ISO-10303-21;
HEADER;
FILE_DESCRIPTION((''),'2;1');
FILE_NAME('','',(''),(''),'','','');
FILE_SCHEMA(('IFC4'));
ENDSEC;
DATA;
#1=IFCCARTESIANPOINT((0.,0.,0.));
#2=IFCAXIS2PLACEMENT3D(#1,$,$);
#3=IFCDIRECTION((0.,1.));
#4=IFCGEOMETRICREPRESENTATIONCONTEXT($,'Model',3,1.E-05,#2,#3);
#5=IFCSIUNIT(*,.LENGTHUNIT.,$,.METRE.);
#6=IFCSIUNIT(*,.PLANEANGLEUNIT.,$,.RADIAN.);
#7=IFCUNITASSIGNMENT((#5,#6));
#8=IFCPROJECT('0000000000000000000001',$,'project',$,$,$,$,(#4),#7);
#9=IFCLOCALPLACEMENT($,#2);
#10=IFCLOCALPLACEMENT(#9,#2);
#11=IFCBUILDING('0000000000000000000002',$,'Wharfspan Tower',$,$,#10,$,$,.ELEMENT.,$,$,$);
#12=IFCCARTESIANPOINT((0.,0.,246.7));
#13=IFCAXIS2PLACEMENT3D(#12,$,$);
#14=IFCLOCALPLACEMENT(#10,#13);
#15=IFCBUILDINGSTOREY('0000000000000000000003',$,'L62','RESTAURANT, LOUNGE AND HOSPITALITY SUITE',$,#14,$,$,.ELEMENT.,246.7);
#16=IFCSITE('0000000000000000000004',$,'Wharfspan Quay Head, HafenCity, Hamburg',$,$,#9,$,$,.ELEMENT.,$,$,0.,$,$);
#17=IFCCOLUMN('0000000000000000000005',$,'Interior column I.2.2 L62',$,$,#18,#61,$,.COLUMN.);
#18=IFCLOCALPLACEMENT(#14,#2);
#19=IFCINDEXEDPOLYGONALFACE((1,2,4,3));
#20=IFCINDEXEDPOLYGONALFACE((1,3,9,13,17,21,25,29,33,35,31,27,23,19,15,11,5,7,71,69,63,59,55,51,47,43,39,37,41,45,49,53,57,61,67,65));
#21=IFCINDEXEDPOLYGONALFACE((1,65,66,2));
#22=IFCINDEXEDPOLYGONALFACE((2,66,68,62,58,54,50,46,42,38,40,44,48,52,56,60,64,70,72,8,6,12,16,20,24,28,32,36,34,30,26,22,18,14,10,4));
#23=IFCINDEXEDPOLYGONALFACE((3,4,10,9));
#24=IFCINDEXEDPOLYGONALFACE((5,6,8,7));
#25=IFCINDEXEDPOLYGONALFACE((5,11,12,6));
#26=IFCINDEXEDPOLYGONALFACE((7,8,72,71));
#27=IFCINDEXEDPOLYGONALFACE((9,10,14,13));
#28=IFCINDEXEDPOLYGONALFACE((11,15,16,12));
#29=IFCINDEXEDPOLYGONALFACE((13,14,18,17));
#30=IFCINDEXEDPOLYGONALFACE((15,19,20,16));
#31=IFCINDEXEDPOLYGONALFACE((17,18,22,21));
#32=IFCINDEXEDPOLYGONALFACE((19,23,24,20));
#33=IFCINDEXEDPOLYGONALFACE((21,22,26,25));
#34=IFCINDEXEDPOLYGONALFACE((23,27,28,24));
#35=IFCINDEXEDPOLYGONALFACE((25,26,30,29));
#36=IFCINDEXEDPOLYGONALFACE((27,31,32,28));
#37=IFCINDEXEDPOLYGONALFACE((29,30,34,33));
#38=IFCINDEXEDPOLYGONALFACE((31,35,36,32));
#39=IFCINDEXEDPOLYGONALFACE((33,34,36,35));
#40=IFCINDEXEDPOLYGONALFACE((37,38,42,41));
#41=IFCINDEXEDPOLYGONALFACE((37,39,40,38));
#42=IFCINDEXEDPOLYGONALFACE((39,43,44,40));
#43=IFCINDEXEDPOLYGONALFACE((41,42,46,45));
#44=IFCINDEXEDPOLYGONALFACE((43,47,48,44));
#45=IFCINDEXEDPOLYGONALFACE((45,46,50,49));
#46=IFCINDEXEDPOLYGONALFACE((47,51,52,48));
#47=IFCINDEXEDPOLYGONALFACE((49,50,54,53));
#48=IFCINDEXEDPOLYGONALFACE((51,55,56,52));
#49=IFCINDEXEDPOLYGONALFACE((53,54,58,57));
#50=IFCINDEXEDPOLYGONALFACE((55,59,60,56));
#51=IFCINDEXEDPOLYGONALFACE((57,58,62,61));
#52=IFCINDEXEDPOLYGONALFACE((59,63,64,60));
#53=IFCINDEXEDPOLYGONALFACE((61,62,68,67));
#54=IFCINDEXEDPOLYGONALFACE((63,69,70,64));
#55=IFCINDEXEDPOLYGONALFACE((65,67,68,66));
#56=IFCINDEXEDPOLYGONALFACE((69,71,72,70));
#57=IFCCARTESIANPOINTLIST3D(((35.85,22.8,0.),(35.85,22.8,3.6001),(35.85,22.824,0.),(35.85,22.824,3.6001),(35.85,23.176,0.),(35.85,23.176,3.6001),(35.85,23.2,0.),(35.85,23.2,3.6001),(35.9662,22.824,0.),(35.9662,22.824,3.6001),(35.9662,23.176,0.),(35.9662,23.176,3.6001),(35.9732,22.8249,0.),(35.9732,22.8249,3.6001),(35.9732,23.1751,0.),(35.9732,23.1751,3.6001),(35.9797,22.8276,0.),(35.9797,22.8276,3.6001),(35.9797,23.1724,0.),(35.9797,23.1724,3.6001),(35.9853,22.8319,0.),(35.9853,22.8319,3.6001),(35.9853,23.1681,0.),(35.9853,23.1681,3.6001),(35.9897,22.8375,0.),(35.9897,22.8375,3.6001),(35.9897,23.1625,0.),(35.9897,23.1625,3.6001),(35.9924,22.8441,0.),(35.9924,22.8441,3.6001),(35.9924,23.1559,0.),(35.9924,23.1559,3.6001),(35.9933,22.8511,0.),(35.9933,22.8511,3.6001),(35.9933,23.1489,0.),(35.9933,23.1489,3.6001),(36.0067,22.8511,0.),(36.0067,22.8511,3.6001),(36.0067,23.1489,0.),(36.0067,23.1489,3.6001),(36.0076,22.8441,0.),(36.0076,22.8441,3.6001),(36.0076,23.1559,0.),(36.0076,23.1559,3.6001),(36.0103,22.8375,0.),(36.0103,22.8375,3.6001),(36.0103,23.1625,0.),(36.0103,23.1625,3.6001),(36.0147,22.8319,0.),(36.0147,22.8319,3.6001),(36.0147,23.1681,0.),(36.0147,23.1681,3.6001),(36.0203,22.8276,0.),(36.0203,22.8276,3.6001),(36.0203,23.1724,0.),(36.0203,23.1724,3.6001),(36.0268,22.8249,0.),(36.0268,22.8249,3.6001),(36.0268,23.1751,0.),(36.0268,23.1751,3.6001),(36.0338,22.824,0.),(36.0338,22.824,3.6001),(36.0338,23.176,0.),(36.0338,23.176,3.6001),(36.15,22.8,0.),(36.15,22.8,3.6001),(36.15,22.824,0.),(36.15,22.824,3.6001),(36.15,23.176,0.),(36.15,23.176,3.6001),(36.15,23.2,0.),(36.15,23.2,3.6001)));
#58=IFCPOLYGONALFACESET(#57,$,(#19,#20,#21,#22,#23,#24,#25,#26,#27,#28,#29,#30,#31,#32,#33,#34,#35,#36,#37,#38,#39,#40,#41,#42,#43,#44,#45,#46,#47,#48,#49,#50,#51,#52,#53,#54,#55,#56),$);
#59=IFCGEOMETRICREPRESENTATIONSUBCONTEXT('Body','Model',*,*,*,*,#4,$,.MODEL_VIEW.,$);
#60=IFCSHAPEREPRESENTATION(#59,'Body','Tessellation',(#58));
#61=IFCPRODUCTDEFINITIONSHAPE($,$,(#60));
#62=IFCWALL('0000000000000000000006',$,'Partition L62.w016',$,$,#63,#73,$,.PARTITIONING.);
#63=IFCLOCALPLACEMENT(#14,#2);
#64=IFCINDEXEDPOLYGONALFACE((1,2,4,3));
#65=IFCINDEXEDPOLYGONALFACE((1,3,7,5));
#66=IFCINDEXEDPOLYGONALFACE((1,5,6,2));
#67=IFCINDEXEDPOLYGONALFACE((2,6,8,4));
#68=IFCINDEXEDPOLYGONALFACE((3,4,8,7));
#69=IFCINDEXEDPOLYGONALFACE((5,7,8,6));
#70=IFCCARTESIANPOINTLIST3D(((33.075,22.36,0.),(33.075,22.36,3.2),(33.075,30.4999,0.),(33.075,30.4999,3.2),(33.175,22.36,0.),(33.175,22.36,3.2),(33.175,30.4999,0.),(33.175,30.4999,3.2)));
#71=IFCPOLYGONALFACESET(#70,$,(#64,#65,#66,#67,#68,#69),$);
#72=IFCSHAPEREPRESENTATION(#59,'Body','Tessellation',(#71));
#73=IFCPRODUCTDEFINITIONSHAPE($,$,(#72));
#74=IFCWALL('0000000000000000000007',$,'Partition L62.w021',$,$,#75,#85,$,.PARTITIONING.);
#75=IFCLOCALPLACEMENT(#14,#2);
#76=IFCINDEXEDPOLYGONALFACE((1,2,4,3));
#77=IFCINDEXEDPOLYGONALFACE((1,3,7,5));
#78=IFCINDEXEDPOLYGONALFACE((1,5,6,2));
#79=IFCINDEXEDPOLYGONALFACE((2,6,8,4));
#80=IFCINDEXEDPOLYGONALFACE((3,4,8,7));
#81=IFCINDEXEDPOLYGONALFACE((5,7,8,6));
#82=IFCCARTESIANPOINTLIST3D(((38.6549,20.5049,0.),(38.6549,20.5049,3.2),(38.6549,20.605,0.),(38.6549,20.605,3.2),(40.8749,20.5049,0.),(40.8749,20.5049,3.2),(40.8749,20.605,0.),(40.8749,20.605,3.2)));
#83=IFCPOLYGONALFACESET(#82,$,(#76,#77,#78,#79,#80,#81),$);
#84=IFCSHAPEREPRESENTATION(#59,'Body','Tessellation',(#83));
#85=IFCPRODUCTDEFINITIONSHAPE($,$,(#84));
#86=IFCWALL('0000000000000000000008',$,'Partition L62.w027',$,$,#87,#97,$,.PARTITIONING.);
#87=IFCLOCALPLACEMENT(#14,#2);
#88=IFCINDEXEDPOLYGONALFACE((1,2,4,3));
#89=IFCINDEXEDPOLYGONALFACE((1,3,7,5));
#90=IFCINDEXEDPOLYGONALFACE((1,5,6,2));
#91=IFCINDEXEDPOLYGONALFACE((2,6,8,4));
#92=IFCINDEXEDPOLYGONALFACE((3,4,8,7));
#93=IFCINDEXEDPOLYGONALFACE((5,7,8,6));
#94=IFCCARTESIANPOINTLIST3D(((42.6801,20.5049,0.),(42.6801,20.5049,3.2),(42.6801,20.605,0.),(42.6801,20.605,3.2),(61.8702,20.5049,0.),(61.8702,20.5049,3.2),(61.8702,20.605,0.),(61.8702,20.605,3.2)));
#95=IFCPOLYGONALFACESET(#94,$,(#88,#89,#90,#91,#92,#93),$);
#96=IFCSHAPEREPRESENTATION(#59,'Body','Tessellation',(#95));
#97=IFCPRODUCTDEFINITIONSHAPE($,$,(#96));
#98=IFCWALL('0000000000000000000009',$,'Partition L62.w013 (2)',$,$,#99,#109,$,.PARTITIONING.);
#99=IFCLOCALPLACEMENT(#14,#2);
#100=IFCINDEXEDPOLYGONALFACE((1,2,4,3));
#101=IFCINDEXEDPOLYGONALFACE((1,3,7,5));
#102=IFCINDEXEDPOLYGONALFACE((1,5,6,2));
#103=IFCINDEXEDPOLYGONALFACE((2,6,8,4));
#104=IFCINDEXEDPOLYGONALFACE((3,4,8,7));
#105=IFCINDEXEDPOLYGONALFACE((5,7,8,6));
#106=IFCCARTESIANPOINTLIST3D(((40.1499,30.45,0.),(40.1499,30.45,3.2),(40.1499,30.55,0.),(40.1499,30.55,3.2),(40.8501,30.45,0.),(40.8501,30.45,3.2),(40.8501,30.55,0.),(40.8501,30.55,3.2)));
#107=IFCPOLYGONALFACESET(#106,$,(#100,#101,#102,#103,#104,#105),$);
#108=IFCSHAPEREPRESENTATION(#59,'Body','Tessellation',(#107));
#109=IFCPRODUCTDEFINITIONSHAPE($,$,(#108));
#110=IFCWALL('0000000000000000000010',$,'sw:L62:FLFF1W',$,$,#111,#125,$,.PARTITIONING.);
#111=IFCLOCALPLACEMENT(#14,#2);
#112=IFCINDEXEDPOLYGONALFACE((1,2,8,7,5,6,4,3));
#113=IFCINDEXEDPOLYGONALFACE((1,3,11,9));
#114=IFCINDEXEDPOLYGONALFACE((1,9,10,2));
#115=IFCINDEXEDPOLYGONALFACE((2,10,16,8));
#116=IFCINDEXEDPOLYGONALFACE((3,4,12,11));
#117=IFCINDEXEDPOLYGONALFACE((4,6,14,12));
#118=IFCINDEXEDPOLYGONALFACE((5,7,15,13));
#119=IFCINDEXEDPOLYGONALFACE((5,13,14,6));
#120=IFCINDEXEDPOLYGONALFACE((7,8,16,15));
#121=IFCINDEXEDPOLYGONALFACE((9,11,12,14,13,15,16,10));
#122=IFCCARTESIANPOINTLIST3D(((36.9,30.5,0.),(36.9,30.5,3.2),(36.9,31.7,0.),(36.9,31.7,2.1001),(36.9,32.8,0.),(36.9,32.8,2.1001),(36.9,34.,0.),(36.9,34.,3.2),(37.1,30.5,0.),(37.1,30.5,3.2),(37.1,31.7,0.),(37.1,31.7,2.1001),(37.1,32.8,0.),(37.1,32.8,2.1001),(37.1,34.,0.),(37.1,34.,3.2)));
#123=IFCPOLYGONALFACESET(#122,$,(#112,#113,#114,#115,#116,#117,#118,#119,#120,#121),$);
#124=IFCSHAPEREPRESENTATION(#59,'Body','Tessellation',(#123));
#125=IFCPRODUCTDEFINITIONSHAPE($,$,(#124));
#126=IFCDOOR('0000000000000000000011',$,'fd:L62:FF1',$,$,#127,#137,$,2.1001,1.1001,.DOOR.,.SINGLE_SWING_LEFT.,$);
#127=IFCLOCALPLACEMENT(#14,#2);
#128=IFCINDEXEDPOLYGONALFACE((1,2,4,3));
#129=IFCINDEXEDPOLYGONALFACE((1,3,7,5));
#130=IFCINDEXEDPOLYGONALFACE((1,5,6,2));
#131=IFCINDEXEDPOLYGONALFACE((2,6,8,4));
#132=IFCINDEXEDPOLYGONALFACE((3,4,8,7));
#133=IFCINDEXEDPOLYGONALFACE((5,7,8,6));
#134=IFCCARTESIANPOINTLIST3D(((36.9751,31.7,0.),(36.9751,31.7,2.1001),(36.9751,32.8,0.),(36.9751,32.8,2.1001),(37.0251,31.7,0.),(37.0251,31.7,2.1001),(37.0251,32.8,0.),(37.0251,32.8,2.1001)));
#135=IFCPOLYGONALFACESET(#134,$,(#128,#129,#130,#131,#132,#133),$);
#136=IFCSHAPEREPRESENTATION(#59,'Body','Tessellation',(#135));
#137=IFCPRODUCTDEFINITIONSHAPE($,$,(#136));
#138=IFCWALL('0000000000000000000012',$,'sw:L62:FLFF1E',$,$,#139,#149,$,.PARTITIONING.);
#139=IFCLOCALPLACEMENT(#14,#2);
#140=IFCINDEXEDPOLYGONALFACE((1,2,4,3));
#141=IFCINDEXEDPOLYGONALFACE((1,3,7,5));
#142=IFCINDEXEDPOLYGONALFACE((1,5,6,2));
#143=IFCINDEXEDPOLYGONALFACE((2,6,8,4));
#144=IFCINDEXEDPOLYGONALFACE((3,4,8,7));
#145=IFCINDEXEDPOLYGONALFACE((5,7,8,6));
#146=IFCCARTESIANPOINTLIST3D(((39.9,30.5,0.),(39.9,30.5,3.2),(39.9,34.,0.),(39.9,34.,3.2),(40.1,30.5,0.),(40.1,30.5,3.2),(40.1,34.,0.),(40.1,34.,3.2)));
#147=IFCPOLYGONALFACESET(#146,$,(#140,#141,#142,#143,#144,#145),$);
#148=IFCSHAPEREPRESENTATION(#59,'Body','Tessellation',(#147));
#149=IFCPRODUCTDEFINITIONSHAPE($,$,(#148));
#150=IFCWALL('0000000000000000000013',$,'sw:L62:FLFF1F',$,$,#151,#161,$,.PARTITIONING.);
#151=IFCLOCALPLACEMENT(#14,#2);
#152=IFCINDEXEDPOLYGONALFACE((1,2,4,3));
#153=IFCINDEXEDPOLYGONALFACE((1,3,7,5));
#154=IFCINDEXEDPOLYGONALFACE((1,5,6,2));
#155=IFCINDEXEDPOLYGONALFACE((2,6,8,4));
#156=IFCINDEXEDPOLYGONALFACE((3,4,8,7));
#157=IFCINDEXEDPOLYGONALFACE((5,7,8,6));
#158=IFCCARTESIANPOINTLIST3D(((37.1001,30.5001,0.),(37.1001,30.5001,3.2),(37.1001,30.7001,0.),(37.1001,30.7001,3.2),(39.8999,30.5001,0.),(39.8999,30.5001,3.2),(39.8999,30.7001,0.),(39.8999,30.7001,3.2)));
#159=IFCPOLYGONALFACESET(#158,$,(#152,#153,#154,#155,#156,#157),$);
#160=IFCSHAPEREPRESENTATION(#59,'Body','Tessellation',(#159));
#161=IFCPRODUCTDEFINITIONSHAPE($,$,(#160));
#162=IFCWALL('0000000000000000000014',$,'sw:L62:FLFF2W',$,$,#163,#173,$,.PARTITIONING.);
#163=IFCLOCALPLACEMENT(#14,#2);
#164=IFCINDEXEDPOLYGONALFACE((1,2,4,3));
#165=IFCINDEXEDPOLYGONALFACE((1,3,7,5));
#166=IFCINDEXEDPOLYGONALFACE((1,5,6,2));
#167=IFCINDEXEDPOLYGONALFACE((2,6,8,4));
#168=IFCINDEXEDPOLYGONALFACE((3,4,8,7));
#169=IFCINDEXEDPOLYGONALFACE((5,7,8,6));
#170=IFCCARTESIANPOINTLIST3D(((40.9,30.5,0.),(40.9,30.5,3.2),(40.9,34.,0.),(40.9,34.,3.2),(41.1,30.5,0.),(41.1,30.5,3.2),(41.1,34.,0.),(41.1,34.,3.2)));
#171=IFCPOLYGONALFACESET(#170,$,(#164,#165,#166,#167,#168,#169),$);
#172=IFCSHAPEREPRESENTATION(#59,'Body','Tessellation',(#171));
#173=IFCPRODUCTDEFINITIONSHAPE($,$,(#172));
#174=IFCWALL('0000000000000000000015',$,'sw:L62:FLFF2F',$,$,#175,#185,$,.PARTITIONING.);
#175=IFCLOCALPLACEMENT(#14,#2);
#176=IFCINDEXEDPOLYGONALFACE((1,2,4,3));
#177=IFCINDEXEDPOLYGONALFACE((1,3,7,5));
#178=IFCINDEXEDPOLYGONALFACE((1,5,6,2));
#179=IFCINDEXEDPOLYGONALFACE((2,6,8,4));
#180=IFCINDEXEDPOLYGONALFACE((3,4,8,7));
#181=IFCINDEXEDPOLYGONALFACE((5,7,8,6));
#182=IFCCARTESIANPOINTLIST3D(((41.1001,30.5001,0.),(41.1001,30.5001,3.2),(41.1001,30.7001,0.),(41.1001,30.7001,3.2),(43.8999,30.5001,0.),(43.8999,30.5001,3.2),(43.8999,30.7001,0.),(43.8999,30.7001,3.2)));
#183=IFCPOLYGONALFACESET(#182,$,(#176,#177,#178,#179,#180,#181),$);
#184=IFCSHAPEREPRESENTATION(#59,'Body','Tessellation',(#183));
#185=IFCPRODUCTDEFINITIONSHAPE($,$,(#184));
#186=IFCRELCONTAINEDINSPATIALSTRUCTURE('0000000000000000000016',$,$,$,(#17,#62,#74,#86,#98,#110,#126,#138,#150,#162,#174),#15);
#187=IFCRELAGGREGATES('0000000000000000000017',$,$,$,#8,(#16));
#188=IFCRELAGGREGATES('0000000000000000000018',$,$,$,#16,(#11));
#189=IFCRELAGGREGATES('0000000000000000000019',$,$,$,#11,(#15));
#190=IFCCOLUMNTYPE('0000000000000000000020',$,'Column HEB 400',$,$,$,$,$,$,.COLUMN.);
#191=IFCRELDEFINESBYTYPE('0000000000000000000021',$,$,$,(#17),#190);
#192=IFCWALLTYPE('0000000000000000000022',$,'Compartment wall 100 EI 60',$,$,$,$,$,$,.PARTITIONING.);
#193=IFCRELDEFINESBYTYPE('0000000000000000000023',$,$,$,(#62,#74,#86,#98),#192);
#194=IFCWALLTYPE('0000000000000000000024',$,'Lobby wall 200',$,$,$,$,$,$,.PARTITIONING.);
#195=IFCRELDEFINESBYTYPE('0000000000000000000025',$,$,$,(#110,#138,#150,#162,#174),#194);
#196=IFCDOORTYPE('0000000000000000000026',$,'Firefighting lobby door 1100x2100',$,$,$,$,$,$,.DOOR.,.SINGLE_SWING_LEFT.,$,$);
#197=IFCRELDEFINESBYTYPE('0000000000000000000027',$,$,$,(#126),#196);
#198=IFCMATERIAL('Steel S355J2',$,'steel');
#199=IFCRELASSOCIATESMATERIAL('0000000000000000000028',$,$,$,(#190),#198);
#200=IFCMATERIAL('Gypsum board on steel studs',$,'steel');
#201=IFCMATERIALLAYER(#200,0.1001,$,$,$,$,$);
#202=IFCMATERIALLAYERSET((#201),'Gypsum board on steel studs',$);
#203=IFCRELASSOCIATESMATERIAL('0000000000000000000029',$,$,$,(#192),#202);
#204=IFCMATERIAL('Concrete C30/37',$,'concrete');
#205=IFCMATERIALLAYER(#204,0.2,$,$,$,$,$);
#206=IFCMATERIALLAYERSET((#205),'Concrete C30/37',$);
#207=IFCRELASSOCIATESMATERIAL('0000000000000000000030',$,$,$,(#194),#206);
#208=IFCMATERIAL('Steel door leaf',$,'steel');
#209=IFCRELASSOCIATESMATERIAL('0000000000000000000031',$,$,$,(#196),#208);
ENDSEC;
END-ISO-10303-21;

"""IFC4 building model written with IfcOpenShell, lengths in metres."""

from ifc_helpers import new_model, si_unit, direction, frame, frame_2d, origin, origin_2d, place, context, subcontext, project, spatial, rectangle, i_section, extrude, material, layer, layer_set, material_profile, profile_set, type_object, element, fill, save


model = new_model("IFC4")

# Units and contexts
model_context = context("Model", 3, precision=1e-05, world=origin(), true_north=direction((0.0, 1.0)))
body_context = subcontext(model_context, "Body", "Model", "MODEL_VIEW")
ifc_project = project(units=[si_unit("LENGTHUNIT", "METRE"), si_unit("PLANEANGLEUNIT", "RADIAN")], contexts=[model_context])

# Site, building, storey
site_placement = place(None, origin())
site = spatial("IfcSite", under=ifc_project, at=site_placement, Name="Wharfspan Quay Head, HafenCity, Hamburg", CompositionType="ELEMENT", RefElevation=0.0)
building_placement = place(site_placement, origin())
building = spatial("IfcBuilding", under=site, at=building_placement, Name="Wharfspan Tower", CompositionType="ELEMENT")
storey_placement = place(building_placement, frame((0.0, 0.0, 246.7)))
storey = spatial("IfcBuildingStorey", under=building, at=storey_placement, Name="L62", Description="RESTAURANT, LOUNGE AND HOSPITALITY SUITE", CompositionType="ELEMENT", Elevation=246.7)

# Column
ifc_material_1 = material(Name="Steel S355J2", Category="steel")
ifc_material_profile = material_profile(ifc_material_1, i_section(OverallWidth=0.3, OverallDepth=0.3999, WebThickness=0.0134, FlangeThickness=0.0239, FilletRadius=0.0271, at=origin_2d()))
ifc_profile_set = profile_set([ifc_material_profile], Name="Steel S355J2")
column_type = type_object("IfcColumnType", Name="Column HEB 400", PredefinedType="COLUMN", material=ifc_profile_set)
column_placement = place(storey_placement, frame((36.0, 23.0, 0.0), z_axis=(0.0, 0.0, 1.0), x_axis=(1.0, 0.0, 0.0)))
element("IfcColumn", 1, at=column_placement, inside=storey, type_object=column_type, Name="Interior column I.2.2 L62", PredefinedType="COLUMN", context=body_context, shape_type="SweptSolid", body=[
    extrude(i_section(OverallWidth=0.3, OverallDepth=0.3999, WebThickness=0.0134, FlangeThickness=0.0239, FilletRadius=0.0271, at=origin_2d()), origin(), (0.0, 0.0, 1.0), 3.6001),
])

# Walls
ifc_material_2 = material(Name="Gypsum board on steel studs", Category="steel")
ifc_layer_1 = layer(ifc_material_2, 0.1001)
ifc_layer_set_1 = layer_set([ifc_layer_1], Name="Gypsum board on steel studs")
wall_type_1 = type_object("IfcWallType", Name="Compartment wall 100 EI 60", PredefinedType="PARTITIONING", material=ifc_layer_set_1)
wall_1_placement = place(storey_placement, frame((33.125, 22.3601, 0.0), z_axis=(0.0, 0.0, 1.0), x_axis=(0.0, 1.0, 0.0)))
element("IfcWall", 2, at=wall_1_placement, inside=storey, type_object=wall_type_1, Name="Partition L62.w016", PredefinedType="PARTITIONING", context=body_context, shape_type="SweptSolid", body=[
    extrude(rectangle(XDim=8.1399, YDim=0.1001, at=frame_2d((4.0698, 0.0))), origin(), (0.0, 0.0, 1.0), 3.2),
])
wall_2_placement = place(storey_placement, frame((38.655, 20.5549, 0.0), z_axis=(0.0, 0.0, 1.0), x_axis=(1.0, 0.0, 0.0)))
element("IfcWall", 3, at=wall_2_placement, inside=storey, type_object=wall_type_1, Name="Partition L62.w021", PredefinedType="PARTITIONING", context=body_context, shape_type="SweptSolid", body=[
    extrude(rectangle(XDim=2.22, YDim=0.1001, at=frame_2d((1.1099, 0.0))), origin(), (0.0, 0.0, 1.0), 3.2),
])
wall_3_placement = place(storey_placement, frame((42.6799, 20.5549, 0.0), z_axis=(0.0, 0.0, 1.0), x_axis=(1.0, 0.0, 0.0)))
element("IfcWall", 4, at=wall_3_placement, inside=storey, type_object=wall_type_1, Name="Partition L62.w027", PredefinedType="PARTITIONING", context=body_context, shape_type="SweptSolid", body=[
    extrude(rectangle(XDim=19.1902, YDim=0.1001, at=frame_2d((9.5952, 0.0))), origin(), (0.0, 0.0, 1.0), 3.2),
])
wall_4_placement = place(storey_placement, frame((40.1499, 30.5, 0.0), z_axis=(0.0, 0.0, 1.0), x_axis=(1.0, 0.0, 0.0)))
element("IfcWall", 5, at=wall_4_placement, inside=storey, type_object=wall_type_1, Name="Partition L62.w013 (2)", PredefinedType="PARTITIONING", context=body_context, shape_type="SweptSolid", body=[
    extrude(rectangle(XDim=0.7002, YDim=0.1001, at=frame_2d((0.3501, 0.0))), origin(), (0.0, 0.0, 1.0), 3.2),
])

# Wall, opening, door
ifc_material_3 = material(Name="Concrete C30/37", Category="concrete")
ifc_layer_2 = layer(ifc_material_3, 0.2)
ifc_layer_set_2 = layer_set([ifc_layer_2], Name="Concrete C30/37")
wall_type_2 = type_object("IfcWallType", Name="Lobby wall 200", PredefinedType="PARTITIONING", material=ifc_layer_set_2)
wall_5_placement = place(storey_placement, frame((37.0, 30.5, 0.0), z_axis=(0.0, 0.0, 1.0), x_axis=(0.0, 1.0, 0.0)))
wall_5 = element("IfcWall", 6, at=wall_5_placement, inside=storey, type_object=wall_type_2, Name="sw:L62:FLFF1W", PredefinedType="PARTITIONING", context=body_context, shape_type="SweptSolid", body=[
    extrude(rectangle(XDim=3.5, YDim=0.2, at=frame_2d((1.75, 0.0))), origin(), (0.0, 0.0, 1.0), 3.2),
])
opening_placement = place(wall_5_placement, frame((1.2, 0.0, 0.0)))
opening = element("IfcOpeningElement", 7, at=opening_placement, cuts=wall_5, PredefinedType="OPENING", context=body_context, shape_type="SweptSolid", body=[
    extrude(rectangle(XDim=1.1001, YDim=2.1001, at=frame_2d((0.55, 1.05))), frame((0.0, 0.1099, 0.0), z_axis=(0.0, -1.0, 0.0), x_axis=(1.0, 0.0, 0.0)), (0.0, 0.0, 1.0), 0.22),
])
ifc_material_4 = material(Name="Steel door leaf", Category="steel")
door_type = type_object("IfcDoorType", Name="Firefighting lobby door 1100x2100", OperationType="SINGLE_SWING_LEFT", PredefinedType="DOOR", material=ifc_material_4)
door_placement = place(opening_placement, origin())
door = element("IfcDoor", 8, at=door_placement, inside=storey, type_object=door_type, Name="fd:L62:FF1", OperationType="SINGLE_SWING_LEFT", OverallHeight=2.1001, OverallWidth=1.1001, PredefinedType="DOOR", context=body_context, shape_type="SweptSolid", body=[
    extrude(rectangle(XDim=1.1001, YDim=2.1001, at=frame_2d((0.55, 1.05))), frame((0.0, 0.0249, 0.0), z_axis=(0.0, -1.0, 0.0), x_axis=(1.0, 0.0, 0.0)), (0.0, 0.0, 1.0), 0.05),
])
fill(opening, door)

# Walls
wall_6_placement = place(storey_placement, frame((40.0, 30.5, 0.0), z_axis=(0.0, 0.0, 1.0), x_axis=(0.0, 1.0, 0.0)))
element("IfcWall", 9, at=wall_6_placement, inside=storey, type_object=wall_type_2, Name="sw:L62:FLFF1E", PredefinedType="PARTITIONING", context=body_context, shape_type="SweptSolid", body=[
    extrude(rectangle(XDim=3.5, YDim=0.2, at=frame_2d((1.75, 0.0))), origin(), (0.0, 0.0, 1.0), 3.2),
])
wall_7_placement = place(storey_placement, frame((37.1001, 30.6001, 0.0), z_axis=(0.0, 0.0, 1.0), x_axis=(1.0, 0.0, 0.0)))
element("IfcWall", 10, at=wall_7_placement, inside=storey, type_object=wall_type_2, Name="sw:L62:FLFF1F", PredefinedType="PARTITIONING", context=body_context, shape_type="SweptSolid", body=[
    extrude(rectangle(XDim=2.7998, YDim=0.2, at=frame_2d((1.3999, 0.0))), origin(), (0.0, 0.0, 1.0), 3.2),
])
wall_8_placement = place(storey_placement, frame((41.0, 30.5, 0.0), z_axis=(0.0, 0.0, 1.0), x_axis=(0.0, 1.0, 0.0)))
element("IfcWall", 11, at=wall_8_placement, inside=storey, type_object=wall_type_2, Name="sw:L62:FLFF2W", PredefinedType="PARTITIONING", context=body_context, shape_type="SweptSolid", body=[
    extrude(rectangle(XDim=3.5, YDim=0.2, at=frame_2d((1.75, 0.0))), origin(), (0.0, 0.0, 1.0), 3.2),
])
wall_9_placement = place(storey_placement, frame((41.1001, 30.6001, 0.0), z_axis=(0.0, 0.0, 1.0), x_axis=(1.0, 0.0, 0.0)))
element("IfcWall", 12, at=wall_9_placement, inside=storey, type_object=wall_type_2, Name="sw:L62:FLFF2F", PredefinedType="PARTITIONING", context=body_context, shape_type="SweptSolid", body=[
    extrude(rectangle(XDim=2.7998, YDim=0.2, at=frame_2d((1.3999, 0.0))), origin(), (0.0, 0.0, 1.0), 3.2),
])

save(model, "model.ifc")
